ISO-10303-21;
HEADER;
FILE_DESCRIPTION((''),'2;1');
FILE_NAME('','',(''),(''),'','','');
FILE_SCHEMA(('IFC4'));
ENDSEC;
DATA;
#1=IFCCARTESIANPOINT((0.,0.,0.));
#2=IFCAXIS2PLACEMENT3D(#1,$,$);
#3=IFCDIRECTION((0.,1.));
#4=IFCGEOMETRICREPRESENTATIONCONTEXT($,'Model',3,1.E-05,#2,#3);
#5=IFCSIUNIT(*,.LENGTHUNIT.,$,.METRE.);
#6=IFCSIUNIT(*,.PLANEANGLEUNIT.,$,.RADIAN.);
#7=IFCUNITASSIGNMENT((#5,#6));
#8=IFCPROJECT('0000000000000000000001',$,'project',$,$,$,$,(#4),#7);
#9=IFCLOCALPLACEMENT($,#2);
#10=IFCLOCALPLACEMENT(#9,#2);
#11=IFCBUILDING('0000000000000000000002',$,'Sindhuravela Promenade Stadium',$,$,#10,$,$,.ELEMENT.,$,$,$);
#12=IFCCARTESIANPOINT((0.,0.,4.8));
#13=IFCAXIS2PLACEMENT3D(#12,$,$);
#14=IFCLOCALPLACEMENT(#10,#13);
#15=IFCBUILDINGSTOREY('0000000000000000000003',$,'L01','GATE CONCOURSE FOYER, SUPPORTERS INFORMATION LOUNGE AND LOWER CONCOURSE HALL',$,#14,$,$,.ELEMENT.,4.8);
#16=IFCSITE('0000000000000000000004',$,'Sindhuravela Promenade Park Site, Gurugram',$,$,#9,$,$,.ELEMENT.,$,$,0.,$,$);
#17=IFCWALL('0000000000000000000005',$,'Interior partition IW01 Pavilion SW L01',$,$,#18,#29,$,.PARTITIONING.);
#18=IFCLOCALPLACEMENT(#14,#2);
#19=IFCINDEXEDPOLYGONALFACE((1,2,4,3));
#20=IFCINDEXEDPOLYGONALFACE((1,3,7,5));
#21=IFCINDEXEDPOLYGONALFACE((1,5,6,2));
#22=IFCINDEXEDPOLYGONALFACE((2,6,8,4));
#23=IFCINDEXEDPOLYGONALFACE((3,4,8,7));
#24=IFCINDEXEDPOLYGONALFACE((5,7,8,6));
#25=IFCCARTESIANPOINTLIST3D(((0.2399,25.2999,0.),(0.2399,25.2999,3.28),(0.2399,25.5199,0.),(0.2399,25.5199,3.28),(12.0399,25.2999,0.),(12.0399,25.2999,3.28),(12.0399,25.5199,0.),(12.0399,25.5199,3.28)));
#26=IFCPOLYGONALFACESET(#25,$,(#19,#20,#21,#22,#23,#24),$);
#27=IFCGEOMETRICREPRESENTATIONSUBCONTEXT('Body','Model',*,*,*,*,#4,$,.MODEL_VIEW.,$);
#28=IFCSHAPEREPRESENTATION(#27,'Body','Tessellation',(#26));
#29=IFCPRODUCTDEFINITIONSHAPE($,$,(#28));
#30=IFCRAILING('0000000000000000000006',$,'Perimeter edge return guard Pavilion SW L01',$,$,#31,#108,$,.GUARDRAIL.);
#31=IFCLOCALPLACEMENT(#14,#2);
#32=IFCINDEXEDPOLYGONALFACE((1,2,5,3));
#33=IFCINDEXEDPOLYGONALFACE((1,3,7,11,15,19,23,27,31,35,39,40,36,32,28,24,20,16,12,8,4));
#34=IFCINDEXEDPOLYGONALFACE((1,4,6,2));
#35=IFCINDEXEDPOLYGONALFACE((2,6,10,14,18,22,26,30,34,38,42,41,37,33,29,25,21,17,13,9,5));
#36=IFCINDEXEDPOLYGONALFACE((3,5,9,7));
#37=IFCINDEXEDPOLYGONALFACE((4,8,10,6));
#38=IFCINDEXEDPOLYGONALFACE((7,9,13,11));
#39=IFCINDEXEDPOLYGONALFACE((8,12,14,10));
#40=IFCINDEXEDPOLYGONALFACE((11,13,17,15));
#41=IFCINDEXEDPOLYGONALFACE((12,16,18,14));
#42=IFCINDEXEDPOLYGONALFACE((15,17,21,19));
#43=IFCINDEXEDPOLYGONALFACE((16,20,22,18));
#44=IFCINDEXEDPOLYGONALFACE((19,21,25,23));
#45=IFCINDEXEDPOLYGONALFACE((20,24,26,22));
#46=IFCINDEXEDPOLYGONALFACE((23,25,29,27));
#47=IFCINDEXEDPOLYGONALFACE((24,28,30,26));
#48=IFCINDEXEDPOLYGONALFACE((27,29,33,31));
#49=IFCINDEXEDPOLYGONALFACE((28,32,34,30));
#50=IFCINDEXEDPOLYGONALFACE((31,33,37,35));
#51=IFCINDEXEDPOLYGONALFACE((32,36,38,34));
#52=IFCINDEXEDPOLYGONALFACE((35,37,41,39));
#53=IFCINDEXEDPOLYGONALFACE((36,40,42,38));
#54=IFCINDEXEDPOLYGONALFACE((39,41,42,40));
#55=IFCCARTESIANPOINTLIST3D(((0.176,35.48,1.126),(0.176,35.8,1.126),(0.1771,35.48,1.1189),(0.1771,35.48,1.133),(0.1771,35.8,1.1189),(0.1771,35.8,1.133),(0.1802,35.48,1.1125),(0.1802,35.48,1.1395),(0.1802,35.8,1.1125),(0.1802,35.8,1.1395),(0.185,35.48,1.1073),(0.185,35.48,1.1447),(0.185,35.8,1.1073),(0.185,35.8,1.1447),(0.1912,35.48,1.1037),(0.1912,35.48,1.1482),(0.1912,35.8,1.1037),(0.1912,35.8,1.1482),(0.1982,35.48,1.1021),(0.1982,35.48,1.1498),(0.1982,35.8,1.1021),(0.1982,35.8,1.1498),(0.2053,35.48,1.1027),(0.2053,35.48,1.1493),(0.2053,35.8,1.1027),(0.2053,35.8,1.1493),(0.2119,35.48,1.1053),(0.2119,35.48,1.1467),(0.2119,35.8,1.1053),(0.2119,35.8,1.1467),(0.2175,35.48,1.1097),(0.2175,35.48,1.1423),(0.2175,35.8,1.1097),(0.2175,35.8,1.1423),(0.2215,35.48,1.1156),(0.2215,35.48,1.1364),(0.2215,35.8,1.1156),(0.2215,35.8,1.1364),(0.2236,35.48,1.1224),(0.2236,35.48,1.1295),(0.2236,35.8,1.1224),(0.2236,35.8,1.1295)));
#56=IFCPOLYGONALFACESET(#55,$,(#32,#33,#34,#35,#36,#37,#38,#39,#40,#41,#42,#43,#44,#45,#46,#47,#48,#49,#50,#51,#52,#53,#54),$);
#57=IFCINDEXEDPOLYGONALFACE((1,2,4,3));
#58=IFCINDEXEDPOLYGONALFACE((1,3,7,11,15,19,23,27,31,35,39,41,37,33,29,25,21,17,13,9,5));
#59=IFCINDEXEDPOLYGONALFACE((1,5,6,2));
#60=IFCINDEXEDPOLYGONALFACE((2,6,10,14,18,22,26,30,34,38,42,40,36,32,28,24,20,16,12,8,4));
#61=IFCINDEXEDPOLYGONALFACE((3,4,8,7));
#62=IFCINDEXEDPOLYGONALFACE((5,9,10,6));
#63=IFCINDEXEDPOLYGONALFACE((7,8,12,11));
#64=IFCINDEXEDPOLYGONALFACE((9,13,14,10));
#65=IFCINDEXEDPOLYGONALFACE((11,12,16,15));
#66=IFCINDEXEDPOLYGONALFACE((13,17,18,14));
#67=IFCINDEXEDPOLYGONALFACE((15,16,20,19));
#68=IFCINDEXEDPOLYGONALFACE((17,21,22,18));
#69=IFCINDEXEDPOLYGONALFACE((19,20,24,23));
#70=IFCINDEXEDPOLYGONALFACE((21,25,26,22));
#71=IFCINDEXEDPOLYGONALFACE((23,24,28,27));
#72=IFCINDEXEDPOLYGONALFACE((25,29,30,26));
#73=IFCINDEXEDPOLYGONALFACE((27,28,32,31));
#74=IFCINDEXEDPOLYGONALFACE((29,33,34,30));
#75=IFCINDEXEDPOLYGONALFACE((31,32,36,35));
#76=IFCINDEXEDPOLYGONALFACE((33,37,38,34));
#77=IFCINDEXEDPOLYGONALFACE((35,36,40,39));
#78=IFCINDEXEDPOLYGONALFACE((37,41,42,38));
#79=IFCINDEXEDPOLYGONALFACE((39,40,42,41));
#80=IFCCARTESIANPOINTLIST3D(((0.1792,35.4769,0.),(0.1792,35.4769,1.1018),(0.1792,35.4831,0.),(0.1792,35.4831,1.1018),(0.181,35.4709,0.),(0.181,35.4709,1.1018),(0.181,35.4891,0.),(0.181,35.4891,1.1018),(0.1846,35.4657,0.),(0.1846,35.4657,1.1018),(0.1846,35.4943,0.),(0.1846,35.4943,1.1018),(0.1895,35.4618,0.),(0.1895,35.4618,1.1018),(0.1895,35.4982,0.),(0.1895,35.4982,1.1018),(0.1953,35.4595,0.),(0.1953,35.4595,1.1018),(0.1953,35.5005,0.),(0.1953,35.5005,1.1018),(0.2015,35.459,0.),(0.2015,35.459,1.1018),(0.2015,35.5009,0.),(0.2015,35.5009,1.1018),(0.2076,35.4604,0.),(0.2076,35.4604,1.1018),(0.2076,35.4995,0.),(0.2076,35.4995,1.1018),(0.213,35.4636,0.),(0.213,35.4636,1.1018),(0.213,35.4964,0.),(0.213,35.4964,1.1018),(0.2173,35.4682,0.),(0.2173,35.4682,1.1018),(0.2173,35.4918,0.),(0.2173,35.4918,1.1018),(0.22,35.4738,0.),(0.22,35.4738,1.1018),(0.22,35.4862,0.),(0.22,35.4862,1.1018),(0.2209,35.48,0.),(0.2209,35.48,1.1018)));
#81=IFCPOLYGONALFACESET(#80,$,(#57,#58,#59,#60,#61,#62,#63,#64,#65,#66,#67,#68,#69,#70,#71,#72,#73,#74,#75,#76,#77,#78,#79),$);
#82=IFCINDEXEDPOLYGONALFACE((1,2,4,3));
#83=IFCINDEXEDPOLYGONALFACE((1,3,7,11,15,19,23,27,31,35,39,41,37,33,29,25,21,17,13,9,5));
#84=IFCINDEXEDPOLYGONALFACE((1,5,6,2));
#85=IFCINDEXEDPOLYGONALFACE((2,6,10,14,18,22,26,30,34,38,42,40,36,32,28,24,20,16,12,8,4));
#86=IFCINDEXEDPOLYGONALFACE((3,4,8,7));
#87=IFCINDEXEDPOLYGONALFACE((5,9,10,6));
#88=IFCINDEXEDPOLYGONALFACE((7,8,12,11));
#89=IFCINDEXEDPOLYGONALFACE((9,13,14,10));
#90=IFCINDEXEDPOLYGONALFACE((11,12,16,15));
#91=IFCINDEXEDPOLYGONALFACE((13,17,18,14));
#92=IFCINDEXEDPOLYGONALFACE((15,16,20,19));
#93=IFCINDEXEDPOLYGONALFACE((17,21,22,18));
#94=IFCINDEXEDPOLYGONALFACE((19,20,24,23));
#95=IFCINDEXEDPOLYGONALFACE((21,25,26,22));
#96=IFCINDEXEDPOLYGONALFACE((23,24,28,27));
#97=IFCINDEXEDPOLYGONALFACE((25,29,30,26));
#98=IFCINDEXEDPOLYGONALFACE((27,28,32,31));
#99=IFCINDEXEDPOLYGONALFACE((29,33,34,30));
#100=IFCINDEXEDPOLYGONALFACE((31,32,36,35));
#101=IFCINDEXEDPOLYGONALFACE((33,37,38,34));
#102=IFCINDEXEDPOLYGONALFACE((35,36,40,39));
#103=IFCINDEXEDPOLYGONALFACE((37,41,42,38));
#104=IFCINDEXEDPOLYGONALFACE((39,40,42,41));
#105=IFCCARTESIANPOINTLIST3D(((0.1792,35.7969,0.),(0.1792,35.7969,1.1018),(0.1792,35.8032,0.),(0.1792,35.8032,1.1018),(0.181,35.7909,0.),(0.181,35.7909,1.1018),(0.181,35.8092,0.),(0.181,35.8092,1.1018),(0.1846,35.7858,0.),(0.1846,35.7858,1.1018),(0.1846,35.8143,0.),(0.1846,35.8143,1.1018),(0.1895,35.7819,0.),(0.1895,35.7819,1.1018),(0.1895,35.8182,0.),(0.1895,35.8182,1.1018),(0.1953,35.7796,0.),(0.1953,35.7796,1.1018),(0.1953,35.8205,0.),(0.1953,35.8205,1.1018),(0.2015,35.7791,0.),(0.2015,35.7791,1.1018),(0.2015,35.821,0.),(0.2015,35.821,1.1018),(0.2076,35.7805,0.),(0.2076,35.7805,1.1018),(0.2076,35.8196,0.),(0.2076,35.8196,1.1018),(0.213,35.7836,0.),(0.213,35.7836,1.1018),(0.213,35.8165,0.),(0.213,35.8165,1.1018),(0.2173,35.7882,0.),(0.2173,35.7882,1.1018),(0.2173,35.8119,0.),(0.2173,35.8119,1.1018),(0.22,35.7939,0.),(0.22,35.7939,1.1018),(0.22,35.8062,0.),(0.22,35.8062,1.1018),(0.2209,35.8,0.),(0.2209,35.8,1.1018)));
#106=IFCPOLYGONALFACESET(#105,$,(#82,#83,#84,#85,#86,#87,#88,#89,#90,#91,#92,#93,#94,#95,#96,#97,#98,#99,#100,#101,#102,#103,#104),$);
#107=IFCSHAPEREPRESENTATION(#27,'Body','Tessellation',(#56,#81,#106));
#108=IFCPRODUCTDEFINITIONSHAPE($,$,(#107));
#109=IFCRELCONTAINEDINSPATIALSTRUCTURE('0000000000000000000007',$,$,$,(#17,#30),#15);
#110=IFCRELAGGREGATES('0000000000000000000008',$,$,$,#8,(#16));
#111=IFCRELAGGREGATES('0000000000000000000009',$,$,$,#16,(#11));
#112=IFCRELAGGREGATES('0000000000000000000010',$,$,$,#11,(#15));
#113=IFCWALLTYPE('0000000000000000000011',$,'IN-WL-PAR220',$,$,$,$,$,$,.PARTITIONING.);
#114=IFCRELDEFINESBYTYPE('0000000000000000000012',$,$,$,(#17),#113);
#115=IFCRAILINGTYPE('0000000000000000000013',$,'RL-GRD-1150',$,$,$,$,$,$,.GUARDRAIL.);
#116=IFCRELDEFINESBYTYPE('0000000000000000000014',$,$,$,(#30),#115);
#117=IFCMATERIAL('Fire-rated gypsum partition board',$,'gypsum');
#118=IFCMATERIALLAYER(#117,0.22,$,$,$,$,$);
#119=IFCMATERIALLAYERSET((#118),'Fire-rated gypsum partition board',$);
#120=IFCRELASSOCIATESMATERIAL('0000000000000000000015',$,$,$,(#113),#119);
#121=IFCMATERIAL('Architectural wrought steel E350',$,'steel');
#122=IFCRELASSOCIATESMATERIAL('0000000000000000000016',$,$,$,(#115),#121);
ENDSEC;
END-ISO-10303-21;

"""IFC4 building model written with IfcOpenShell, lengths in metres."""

from ifc_helpers import new_model, si_unit, direction, frame, frame_2d, origin, origin_2d, place, context, subcontext, project, spatial, rectangle, circle, extrude, material, layer, layer_set, type_object, element, save


model = new_model("IFC4")

# Units and contexts
model_context = context("Model", 3, precision=1e-05, world=origin(), true_north=direction((0.0, 1.0)))
body_context = subcontext(model_context, "Body", "Model", "MODEL_VIEW")
ifc_project = project(units=[si_unit("LENGTHUNIT", "METRE"), si_unit("PLANEANGLEUNIT", "RADIAN")], contexts=[model_context])

# Site, building, storey
site_placement = place(None, origin())
site = spatial("IfcSite", under=ifc_project, at=site_placement, Name="Sindhuravela Promenade Park Site, Gurugram", CompositionType="ELEMENT", RefElevation=0.0)
building_placement = place(site_placement, origin())
building = spatial("IfcBuilding", under=site, at=building_placement, Name="Sindhuravela Promenade Stadium", CompositionType="ELEMENT")
storey_placement = place(building_placement, frame((0.0, 0.0, 4.8)))
storey = spatial("IfcBuildingStorey", under=building, at=storey_placement, Name="L01", Description="GATE CONCOURSE FOYER, SUPPORTERS INFORMATION LOUNGE AND LOWER CONCOURSE HALL", CompositionType="ELEMENT", Elevation=4.8)

# Shared definitions
ifc_material_1 = material(Name="Fire-rated gypsum partition board", Category="gypsum")

# Wall
ifc_layer_1 = layer(ifc_material_1, 0.22)
ifc_layer_set_1 = layer_set([ifc_layer_1], Name="Fire-rated gypsum partition board")
wall_type_1 = type_object("IfcWallType", Name="IN-WL-PAR220", PredefinedType="PARTITIONING", material=ifc_layer_set_1)
wall_1_placement = place(storey_placement, frame((0.24, 25.4099, 0.0), z_axis=(0.0, 0.0, 1.0), x_axis=(1.0, 0.0, 0.0)))
element("IfcWall", 1, at=wall_1_placement, inside=storey, type_object=wall_type_1, Name="Interior partition IW01 Pavilion SW L01", PredefinedType="PARTITIONING", context=body_context, shape_type="SweptSolid", body=[
    extrude(rectangle(XDim=11.8, YDim=0.22, at=frame_2d((5.8999, 0.0))), origin(), (0.0, 0.0, 1.0), 3.28),
])

# Railing
ifc_material_2 = material(Name="Architectural wrought steel E350", Category="steel")
railing_type = type_object("IfcRailingType", Name="RL-GRD-1150", PredefinedType="GUARDRAIL", material=ifc_material_2)
railing_placement = place(storey_placement, frame((0.2, 35.48, 0.0)))
element("IfcRailing", 2, at=railing_placement, inside=storey, type_object=railing_type, Name="Perimeter edge return guard Pavilion SW L01", PredefinedType="GUARDRAIL", context=body_context, shape_type="SweptSolid", body=[
    extrude(circle(Radius=0.0239, at=origin_2d()), frame((0.0, 0.0, 1.126), z_axis=(0.0, 1.0, 0.0), x_axis=(-1.0, 0.0, 0.0)), (0.0, 0.0, 1.0), 0.3201),
    extrude(circle(Radius=0.021, at=origin_2d()), origin(), (0.0, 0.0, 1.0), 1.1018),
    extrude(circle(Radius=0.021, at=origin_2d()), frame((0.0, 0.3201, 0.0)), (0.0, 0.0, 1.0), 1.1018),
])

save(model, "model.ifc")
